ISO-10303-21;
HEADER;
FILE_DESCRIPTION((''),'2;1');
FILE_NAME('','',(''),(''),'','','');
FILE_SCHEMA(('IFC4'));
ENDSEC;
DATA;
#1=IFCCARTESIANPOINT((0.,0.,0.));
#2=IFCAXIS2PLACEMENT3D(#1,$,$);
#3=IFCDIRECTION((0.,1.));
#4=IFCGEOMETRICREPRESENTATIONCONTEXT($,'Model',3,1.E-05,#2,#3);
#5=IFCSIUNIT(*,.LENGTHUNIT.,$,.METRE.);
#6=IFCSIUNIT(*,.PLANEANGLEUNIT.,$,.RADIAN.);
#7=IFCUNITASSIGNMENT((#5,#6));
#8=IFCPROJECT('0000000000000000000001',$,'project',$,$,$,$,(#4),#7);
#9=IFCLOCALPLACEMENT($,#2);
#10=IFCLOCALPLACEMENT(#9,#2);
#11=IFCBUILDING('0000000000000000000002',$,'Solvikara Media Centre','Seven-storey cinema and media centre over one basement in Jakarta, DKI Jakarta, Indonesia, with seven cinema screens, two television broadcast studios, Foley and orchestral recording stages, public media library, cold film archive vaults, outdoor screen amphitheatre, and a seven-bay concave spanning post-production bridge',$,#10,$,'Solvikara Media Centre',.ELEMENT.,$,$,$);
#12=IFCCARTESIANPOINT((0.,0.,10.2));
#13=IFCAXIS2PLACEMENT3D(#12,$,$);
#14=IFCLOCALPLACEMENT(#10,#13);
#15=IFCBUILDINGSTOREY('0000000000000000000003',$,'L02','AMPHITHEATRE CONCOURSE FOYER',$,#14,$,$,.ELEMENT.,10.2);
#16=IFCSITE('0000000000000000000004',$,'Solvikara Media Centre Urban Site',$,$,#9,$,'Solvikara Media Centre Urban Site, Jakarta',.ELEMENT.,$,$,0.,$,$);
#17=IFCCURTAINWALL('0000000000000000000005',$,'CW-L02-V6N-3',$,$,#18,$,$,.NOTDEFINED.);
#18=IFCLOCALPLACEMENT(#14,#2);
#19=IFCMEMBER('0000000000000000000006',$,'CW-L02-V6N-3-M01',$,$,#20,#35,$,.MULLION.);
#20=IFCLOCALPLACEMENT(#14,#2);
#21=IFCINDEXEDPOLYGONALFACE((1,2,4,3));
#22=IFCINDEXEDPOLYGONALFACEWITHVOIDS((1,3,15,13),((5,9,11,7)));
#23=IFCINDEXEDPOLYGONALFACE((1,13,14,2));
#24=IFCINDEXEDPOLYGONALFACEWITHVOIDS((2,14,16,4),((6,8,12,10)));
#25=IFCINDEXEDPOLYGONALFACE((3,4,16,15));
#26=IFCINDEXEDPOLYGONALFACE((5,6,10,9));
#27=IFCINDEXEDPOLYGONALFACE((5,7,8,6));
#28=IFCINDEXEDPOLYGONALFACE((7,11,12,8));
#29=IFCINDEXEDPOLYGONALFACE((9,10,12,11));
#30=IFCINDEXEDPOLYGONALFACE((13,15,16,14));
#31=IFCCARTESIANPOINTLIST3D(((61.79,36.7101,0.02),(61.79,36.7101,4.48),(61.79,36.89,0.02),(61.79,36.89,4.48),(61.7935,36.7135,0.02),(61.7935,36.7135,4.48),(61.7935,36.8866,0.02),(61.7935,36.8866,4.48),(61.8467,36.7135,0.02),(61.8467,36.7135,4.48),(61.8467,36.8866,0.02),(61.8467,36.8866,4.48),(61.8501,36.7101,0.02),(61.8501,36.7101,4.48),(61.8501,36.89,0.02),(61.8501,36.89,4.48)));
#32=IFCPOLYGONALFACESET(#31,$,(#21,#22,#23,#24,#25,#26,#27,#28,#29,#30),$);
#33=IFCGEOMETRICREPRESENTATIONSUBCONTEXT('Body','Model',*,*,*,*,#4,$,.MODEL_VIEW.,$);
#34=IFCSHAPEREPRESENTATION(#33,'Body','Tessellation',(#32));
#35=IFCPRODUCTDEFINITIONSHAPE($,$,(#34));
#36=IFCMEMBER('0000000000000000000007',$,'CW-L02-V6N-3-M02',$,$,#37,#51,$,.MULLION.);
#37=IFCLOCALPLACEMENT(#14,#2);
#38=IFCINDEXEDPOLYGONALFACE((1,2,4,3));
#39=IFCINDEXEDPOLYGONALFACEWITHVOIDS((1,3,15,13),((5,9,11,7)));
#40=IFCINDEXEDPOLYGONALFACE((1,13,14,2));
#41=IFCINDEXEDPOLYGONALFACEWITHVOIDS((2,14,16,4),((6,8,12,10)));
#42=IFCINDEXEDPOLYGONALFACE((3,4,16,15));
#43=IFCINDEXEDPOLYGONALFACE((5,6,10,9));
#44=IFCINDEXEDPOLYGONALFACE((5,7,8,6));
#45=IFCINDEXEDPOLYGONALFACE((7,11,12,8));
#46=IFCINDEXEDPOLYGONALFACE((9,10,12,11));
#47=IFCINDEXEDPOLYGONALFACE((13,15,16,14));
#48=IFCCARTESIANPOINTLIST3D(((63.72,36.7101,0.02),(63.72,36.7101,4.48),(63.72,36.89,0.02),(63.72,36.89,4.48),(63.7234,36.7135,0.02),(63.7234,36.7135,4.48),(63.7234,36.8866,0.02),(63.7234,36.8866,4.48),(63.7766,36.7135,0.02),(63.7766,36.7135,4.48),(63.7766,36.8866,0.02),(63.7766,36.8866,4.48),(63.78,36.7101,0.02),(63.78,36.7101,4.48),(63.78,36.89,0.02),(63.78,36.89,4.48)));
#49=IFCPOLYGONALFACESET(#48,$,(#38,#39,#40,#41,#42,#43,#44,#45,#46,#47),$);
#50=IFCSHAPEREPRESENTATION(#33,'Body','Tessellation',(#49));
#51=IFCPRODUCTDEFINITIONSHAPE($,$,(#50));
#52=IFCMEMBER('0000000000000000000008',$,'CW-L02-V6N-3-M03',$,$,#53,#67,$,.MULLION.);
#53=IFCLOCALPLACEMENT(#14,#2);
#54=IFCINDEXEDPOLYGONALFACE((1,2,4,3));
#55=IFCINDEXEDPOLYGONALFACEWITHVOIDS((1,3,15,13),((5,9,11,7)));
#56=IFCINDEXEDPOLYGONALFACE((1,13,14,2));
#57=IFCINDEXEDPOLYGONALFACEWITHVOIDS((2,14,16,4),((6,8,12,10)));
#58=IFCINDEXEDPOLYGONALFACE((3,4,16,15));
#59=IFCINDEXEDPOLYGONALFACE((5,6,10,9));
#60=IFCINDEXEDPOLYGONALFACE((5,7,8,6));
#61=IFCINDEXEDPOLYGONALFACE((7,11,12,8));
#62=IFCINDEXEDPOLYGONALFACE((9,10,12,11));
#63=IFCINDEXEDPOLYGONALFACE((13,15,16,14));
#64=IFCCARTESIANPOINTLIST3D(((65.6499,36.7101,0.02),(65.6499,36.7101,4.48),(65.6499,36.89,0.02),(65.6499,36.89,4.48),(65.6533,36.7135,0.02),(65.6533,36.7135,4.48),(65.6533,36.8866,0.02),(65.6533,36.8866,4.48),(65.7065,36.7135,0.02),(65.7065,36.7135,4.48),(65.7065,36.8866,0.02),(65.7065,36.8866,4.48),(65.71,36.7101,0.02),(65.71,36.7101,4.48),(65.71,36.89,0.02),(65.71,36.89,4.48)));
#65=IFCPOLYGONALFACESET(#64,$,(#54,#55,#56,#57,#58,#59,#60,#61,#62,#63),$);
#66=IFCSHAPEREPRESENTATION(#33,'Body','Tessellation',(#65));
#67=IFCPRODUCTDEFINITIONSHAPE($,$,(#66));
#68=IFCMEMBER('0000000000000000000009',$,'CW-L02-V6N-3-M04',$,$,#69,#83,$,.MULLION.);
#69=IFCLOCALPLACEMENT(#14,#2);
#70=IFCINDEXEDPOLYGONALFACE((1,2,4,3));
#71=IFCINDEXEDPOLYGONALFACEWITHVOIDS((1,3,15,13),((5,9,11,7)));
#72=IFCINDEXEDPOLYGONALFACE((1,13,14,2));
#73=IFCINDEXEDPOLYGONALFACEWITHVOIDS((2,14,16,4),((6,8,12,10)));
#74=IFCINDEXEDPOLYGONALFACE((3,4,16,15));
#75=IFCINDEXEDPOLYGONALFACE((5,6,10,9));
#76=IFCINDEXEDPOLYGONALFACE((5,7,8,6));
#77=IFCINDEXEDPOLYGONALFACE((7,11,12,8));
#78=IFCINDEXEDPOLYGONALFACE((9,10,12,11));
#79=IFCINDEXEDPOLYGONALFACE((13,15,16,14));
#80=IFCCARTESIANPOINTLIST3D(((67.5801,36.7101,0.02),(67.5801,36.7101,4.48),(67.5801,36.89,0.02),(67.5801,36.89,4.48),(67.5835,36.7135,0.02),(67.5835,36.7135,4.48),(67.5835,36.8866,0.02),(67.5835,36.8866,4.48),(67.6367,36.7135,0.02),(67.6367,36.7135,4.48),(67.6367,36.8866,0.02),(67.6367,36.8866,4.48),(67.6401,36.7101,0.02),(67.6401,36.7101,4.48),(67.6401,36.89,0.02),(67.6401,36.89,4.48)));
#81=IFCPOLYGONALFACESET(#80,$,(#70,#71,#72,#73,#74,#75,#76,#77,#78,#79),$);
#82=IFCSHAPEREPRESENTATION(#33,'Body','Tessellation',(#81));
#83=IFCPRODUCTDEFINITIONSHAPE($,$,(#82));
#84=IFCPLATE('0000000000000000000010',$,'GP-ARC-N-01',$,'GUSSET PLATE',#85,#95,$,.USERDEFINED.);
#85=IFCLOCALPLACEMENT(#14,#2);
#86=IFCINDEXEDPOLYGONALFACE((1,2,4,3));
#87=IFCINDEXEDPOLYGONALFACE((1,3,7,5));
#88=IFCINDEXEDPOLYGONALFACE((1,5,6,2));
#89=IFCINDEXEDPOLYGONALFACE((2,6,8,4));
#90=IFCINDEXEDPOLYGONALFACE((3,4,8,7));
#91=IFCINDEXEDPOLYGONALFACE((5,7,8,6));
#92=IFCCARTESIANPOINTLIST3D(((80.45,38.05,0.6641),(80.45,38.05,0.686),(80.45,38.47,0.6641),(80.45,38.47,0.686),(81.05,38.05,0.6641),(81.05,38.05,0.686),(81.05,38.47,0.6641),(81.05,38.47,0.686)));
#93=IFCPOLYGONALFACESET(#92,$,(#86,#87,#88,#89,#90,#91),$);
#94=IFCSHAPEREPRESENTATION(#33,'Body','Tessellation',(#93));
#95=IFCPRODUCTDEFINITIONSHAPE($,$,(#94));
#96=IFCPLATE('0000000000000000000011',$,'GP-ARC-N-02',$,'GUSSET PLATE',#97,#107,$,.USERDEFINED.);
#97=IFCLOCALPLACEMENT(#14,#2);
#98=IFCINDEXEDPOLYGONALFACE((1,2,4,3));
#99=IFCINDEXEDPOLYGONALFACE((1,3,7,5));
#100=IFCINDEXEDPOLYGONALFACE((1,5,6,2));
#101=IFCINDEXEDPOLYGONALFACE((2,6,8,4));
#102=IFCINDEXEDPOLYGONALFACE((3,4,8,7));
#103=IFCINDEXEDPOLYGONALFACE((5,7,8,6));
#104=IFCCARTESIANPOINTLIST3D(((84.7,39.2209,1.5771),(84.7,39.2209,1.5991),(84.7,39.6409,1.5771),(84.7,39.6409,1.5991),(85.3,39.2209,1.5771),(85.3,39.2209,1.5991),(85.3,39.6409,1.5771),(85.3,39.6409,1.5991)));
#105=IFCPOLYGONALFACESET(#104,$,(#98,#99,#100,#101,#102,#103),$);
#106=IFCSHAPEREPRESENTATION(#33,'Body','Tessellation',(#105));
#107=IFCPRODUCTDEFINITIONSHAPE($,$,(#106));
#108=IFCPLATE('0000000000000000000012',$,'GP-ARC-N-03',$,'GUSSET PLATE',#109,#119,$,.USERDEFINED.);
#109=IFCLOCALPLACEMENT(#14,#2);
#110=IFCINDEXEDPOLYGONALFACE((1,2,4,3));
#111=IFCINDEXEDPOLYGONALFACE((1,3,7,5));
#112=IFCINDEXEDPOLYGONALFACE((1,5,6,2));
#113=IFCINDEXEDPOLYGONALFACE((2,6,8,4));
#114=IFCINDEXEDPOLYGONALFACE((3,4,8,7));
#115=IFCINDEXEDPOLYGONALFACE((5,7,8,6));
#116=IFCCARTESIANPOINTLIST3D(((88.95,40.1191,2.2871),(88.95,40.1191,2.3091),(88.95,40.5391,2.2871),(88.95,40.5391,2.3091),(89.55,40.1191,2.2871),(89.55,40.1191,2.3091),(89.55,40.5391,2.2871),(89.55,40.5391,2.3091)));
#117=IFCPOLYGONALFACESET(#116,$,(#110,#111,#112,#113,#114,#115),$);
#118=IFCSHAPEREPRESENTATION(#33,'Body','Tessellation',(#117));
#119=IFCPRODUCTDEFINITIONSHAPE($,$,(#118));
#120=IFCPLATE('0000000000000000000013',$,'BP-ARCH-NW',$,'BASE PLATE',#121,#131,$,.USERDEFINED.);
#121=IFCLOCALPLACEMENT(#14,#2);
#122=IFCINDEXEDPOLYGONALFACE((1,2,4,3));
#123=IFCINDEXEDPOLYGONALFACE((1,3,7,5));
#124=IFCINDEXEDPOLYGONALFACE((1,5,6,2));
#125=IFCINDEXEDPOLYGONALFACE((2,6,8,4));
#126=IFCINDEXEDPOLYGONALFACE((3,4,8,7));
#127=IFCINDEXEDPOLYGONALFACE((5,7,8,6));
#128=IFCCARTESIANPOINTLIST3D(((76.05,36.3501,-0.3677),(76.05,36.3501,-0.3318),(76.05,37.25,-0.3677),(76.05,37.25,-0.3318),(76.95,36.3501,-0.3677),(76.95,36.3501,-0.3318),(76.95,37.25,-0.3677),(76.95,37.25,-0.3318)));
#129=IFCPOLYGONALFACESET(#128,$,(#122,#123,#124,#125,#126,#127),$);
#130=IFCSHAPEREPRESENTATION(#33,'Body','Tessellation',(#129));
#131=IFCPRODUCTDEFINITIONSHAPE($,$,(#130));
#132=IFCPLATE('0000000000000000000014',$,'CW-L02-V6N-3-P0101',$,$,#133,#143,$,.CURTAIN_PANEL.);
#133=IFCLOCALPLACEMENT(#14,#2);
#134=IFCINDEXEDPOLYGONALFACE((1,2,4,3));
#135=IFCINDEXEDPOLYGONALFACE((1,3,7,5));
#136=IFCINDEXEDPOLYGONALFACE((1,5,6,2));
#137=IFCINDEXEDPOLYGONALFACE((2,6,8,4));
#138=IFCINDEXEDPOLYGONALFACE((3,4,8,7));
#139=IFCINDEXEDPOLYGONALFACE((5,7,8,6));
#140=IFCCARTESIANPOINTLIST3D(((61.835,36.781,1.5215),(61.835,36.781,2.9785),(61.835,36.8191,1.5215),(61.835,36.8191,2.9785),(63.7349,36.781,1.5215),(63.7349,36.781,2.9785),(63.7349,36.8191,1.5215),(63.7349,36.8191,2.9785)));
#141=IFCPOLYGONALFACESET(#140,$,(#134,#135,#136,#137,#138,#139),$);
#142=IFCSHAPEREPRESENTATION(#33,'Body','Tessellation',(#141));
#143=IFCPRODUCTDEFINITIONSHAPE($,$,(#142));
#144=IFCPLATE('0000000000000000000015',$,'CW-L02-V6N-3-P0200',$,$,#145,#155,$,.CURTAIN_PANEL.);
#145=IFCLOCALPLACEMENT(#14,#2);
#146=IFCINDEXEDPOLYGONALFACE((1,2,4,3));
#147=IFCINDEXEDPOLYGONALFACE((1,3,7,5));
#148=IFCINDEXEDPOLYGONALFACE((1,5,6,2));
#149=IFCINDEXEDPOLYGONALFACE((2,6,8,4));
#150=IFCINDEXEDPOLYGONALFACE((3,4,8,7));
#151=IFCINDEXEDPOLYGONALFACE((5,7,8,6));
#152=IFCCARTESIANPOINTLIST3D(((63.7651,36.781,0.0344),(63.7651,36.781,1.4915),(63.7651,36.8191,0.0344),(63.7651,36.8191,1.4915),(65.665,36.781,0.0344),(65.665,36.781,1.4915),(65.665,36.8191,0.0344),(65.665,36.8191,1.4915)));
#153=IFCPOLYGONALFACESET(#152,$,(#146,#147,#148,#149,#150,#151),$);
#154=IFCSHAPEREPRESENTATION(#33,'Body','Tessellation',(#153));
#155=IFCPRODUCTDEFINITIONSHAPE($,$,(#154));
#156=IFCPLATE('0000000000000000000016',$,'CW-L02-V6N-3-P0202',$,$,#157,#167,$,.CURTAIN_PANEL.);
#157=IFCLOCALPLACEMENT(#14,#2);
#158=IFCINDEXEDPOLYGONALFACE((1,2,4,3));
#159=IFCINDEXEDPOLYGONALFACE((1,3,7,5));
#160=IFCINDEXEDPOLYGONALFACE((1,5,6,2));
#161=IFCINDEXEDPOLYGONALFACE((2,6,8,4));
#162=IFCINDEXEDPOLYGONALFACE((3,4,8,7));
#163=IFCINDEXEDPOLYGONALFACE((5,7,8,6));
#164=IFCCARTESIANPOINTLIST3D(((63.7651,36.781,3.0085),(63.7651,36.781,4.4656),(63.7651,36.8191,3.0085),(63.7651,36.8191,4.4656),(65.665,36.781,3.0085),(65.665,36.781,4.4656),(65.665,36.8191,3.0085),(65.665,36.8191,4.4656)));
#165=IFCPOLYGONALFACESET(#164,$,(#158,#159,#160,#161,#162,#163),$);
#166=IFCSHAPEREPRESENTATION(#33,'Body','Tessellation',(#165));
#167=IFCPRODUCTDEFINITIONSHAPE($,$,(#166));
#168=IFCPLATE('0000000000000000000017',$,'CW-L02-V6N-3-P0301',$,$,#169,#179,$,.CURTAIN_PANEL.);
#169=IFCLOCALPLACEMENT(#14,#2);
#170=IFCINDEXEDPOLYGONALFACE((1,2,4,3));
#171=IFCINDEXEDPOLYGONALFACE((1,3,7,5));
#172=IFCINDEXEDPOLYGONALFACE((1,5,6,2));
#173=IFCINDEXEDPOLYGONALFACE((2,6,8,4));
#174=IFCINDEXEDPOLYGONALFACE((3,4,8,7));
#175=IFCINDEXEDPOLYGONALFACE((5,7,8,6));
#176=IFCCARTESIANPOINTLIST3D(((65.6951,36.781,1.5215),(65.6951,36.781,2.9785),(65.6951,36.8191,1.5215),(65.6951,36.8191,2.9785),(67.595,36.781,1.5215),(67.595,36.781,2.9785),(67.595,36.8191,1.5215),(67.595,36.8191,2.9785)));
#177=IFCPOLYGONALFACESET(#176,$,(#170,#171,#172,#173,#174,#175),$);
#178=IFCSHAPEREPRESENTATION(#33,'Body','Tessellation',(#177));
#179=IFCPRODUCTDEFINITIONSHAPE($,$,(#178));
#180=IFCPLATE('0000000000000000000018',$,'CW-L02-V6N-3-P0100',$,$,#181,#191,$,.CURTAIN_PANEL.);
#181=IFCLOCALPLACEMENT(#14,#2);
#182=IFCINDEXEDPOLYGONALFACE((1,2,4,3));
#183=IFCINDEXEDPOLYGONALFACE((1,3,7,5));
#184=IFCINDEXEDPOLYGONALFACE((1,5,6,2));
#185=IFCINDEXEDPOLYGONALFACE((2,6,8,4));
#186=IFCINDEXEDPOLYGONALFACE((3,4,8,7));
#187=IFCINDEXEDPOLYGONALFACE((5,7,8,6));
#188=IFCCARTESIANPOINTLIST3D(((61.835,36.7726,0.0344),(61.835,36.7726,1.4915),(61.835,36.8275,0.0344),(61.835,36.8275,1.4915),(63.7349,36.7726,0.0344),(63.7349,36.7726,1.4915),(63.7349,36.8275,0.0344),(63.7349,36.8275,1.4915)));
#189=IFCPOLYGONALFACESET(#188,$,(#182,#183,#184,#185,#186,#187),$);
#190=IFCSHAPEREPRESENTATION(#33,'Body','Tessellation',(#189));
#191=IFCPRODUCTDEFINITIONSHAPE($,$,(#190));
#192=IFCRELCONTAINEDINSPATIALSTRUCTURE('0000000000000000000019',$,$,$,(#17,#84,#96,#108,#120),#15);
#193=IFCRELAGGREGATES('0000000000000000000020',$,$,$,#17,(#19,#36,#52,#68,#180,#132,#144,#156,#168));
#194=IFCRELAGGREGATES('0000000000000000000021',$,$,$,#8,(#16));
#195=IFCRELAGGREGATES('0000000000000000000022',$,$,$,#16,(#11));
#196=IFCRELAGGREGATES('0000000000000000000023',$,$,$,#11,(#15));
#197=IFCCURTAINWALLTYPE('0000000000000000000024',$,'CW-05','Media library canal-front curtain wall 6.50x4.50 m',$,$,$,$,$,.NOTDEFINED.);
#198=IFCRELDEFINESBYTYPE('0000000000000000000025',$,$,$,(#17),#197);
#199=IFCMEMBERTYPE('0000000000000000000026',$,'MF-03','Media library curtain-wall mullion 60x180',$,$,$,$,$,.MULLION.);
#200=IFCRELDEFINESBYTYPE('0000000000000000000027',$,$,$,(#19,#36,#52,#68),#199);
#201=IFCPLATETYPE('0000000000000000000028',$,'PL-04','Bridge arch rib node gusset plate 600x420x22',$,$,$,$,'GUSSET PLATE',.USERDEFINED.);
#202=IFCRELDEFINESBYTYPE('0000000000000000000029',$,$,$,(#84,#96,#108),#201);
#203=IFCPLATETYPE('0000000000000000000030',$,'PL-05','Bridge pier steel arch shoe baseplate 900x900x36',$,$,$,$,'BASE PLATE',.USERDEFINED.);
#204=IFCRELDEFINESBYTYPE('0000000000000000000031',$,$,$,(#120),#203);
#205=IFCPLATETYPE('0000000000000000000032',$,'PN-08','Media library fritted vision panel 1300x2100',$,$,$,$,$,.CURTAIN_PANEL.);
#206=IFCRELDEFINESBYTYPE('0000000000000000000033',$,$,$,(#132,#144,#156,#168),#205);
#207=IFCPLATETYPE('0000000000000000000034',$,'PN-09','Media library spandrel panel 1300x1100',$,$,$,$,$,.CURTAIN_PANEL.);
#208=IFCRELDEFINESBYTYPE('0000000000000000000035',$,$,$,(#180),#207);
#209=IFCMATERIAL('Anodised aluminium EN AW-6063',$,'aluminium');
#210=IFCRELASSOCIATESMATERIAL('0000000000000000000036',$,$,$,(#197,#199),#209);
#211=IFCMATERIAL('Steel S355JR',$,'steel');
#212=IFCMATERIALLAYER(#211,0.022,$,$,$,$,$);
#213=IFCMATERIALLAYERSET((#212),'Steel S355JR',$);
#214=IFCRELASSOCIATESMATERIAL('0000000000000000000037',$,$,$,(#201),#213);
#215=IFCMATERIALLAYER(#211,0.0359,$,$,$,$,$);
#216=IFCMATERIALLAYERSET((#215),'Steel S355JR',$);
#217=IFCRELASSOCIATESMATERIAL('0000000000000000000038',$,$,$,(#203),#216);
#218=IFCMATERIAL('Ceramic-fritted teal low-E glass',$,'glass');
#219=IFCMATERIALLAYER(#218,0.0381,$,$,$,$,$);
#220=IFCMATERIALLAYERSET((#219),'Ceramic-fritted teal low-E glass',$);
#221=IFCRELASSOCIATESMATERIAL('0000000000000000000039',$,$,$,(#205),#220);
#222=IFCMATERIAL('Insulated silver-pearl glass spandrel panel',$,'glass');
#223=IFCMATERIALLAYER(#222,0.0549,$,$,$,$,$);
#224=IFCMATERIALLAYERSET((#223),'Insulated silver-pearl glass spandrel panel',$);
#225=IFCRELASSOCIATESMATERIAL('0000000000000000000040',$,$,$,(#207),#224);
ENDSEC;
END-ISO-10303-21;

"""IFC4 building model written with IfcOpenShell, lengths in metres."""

from ifc_helpers import new_model, si_unit, direction, frame, origin, origin_2d, place, context, subcontext, project, spatial, rectangle, hollow_rectangle, extrude, material, layer, layer_set, material_profile, profile_set, type_object, element, aggregate, save


model = new_model("IFC4")

# Units and contexts
model_context = context("Model", 3, precision=1e-05, world=origin(), true_north=direction((0.0, 1.0)))
body_context = subcontext(model_context, "Body", "Model", "MODEL_VIEW")
ifc_project = project(units=[si_unit("LENGTHUNIT", "METRE"), si_unit("PLANEANGLEUNIT", "RADIAN")], contexts=[model_context])

# Site, building, storey
site_placement = place(None, origin())
site = spatial("IfcSite", under=ifc_project, at=site_placement, Name="Solvikara Media Centre Urban Site", LongName="Solvikara Media Centre Urban Site, Jakarta", CompositionType="ELEMENT", RefElevation=0.0)
building_placement = place(site_placement, origin())
building = spatial("IfcBuilding", under=site, at=building_placement, Name="Solvikara Media Centre", Description="Seven-storey cinema and media centre over one basement in Jakarta, DKI Jakarta, Indonesia, with seven cinema screens, two television broadcast studios, Foley and orchestral recording stages, public media library, cold film archive vaults, outdoor screen amphitheatre, and a seven-bay concave spanning post-production bridge", LongName="Solvikara Media Centre", CompositionType="ELEMENT")
storey_placement = place(building_placement, frame((0.0, 0.0, 10.2)))
storey = spatial("IfcBuildingStorey", under=building, at=storey_placement, Name="L02", Description="AMPHITHEATRE CONCOURSE FOYER", CompositionType="ELEMENT", Elevation=10.2)

# Shared definitions
ifc_material_1 = material(Name="Steel S355JR", Category="steel")

# Curtain wall, members
ifc_material_2 = material(Name="Anodised aluminium EN AW-6063", Category="aluminium")
curtain_wall_type = type_object("IfcCurtainWallType", Name="CW-05", Description="Media library canal-front curtain wall 6.50x4.50 m", PredefinedType="NOTDEFINED", material=ifc_material_2)
curtain_wall_placement = place(storey_placement, origin())
curtain_wall = element("IfcCurtainWall", 1, at=curtain_wall_placement, inside=storey, type_object=curtain_wall_type, Name="CW-L02-V6N-3", PredefinedType="NOTDEFINED")
ifc_material_profile_1 = material_profile(ifc_material_2, hollow_rectangle(XDim=0.0601, YDim=0.1799, WallThickness=0.0034, at=origin_2d()), Name="ALU-M 60x180x3.5")
ifc_profile_set_1 = profile_set([ifc_material_profile_1], Name="Anodised aluminium EN AW-6063")
member_type_1 = type_object("IfcMemberType", Name="MF-03", Description="Media library curtain-wall mullion 60x180", PredefinedType="MULLION", material=ifc_profile_set_1)
member_1_placement = place(storey_placement, frame((61.8201, 36.8, 0.02), z_axis=(0.0, 0.0, 1.0), x_axis=(1.0, 0.0, 0.0)))
member_1 = element("IfcMember", 2, at=member_1_placement, type_object=member_type_1, Name="CW-L02-V6N-3-M01", PredefinedType="MULLION", context=body_context, shape_type="SweptSolid", body=[
    extrude(hollow_rectangle(XDim=0.0601, YDim=0.1799, WallThickness=0.0034, at=origin_2d()), origin(), (0.0, 0.0, 1.0), 4.46),
])
member_2_placement = place(storey_placement, frame((63.75, 36.8, 0.02), z_axis=(0.0, 0.0, 1.0), x_axis=(1.0, 0.0, 0.0)))
member_2 = element("IfcMember", 3, at=member_2_placement, type_object=member_type_1, Name="CW-L02-V6N-3-M02", PredefinedType="MULLION", context=body_context, shape_type="SweptSolid", body=[
    extrude(hollow_rectangle(XDim=0.0601, YDim=0.1799, WallThickness=0.0034, at=origin_2d()), origin(), (0.0, 0.0, 1.0), 4.46),
])
member_3_placement = place(storey_placement, frame((65.6799, 36.8, 0.02), z_axis=(0.0, 0.0, 1.0), x_axis=(1.0, 0.0, 0.0)))
member_3 = element("IfcMember", 4, at=member_3_placement, type_object=member_type_1, Name="CW-L02-V6N-3-M03", PredefinedType="MULLION", context=body_context, shape_type="SweptSolid", body=[
    extrude(hollow_rectangle(XDim=0.0601, YDim=0.1799, WallThickness=0.0034, at=origin_2d()), origin(), (0.0, 0.0, 1.0), 4.46),
])
member_4_placement = place(storey_placement, frame((67.6101, 36.8, 0.02), z_axis=(0.0, 0.0, 1.0), x_axis=(1.0, 0.0, 0.0)))
member_4 = element("IfcMember", 5, at=member_4_placement, type_object=member_type_1, Name="CW-L02-V6N-3-M04", PredefinedType="MULLION", context=body_context, shape_type="SweptSolid", body=[
    extrude(hollow_rectangle(XDim=0.0601, YDim=0.1799, WallThickness=0.0034, at=origin_2d()), origin(), (0.0, 0.0, 1.0), 4.46),
])

# Plates
ifc_layer_1 = layer(ifc_material_1, 0.022)
ifc_layer_set_1 = layer_set([ifc_layer_1], Name="Steel S355JR")
plate_type_1 = type_object("IfcPlateType", Name="PL-04", Description="Bridge arch rib node gusset plate 600x420x22", ElementType="GUSSET PLATE", PredefinedType="USERDEFINED", material=ifc_layer_set_1)
for number, where, z_axis, x_axis, name in (
    (6, (80.75, 38.26, 0.6641), (0.0, 0.0, 1.0), (1.0, 0.0, 0.0), "GP-ARC-N-01"),
    (7, (85.0, 39.4309, 1.5771), (0.0, 0.0, 1.0), (1.0, 0.0, 0.0), "GP-ARC-N-02"),
    (8, (89.25, 40.3291, 2.2871), (0.0, 0.0, 1.0), (1.0, 0.0, 0.0), "GP-ARC-N-03"),
):
    element("IfcPlate", number, at=place(storey_placement, frame(where, z_axis=z_axis, x_axis=x_axis)), inside=storey, type_object=plate_type_1, Name=name, ObjectType="GUSSET PLATE", PredefinedType="USERDEFINED", context=body_context, shape_type="SweptSolid", body=[
        extrude(rectangle(XDim=0.6001, YDim=0.4199, at=origin_2d()), origin(), (0.0, 0.0, 1.0), 0.022),
    ])
ifc_layer_2 = layer(ifc_material_1, 0.0359)
ifc_layer_set_2 = layer_set([ifc_layer_2], Name="Steel S355JR")
plate_type_2 = type_object("IfcPlateType", Name="PL-05", Description="Bridge pier steel arch shoe baseplate 900x900x36", ElementType="BASE PLATE", PredefinedType="USERDEFINED", material=ifc_layer_set_2)
plate_1_placement = place(storey_placement, frame((76.5, 36.8, -0.3677), z_axis=(0.0, 0.0, 1.0), x_axis=(1.0, 0.0, 0.0)))
element("IfcPlate", 9, at=plate_1_placement, inside=storey, type_object=plate_type_2, Name="BP-ARCH-NW", ObjectType="BASE PLATE", PredefinedType="USERDEFINED", context=body_context, shape_type="SweptSolid", body=[
    extrude(rectangle(XDim=0.8999, YDim=0.8999, at=origin_2d()), origin(), (0.0, 0.0, 1.0), 0.0359),
])

# Plates
ifc_material_3 = material(Name="Ceramic-fritted teal low-E glass", Category="glass")
ifc_layer_3 = layer(ifc_material_3, 0.0381)
ifc_layer_set_3 = layer_set([ifc_layer_3], Name="Ceramic-fritted teal low-E glass")
plate_type_3 = type_object("IfcPlateType", Name="PN-08", Description="Media library fritted vision panel 1300x2100", PredefinedType="CURTAIN_PANEL", material=ifc_layer_set_3)
plate_2_placement = place(storey_placement, frame((62.7849, 36.8, 1.5215), z_axis=(0.0, 0.0, 1.0), x_axis=(1.0, 0.0, 0.0)))
plate_2 = element("IfcPlate", 10, at=plate_2_placement, type_object=plate_type_3, Name="CW-L02-V6N-3-P0101", PredefinedType="CURTAIN_PANEL", context=body_context, shape_type="SweptSolid", body=[
    extrude(rectangle(XDim=1.8999, YDim=0.0381, at=origin_2d()), origin(), (0.0, 0.0, 1.0), 1.457),
])
plate_3_placement = place(storey_placement, frame((64.7151, 36.8, 0.0344), z_axis=(0.0, 0.0, 1.0), x_axis=(1.0, 0.0, 0.0)))
plate_3 = element("IfcPlate", 11, at=plate_3_placement, type_object=plate_type_3, Name="CW-L02-V6N-3-P0200", PredefinedType="CURTAIN_PANEL", context=body_context, shape_type="SweptSolid", body=[
    extrude(rectangle(XDim=1.8999, YDim=0.0381, at=origin_2d()), origin(), (0.0, 0.0, 1.0), 1.457),
])
plate_4_placement = place(storey_placement, frame((64.7151, 36.8, 3.0085), z_axis=(0.0, 0.0, 1.0), x_axis=(1.0, 0.0, 0.0)))
plate_4 = element("IfcPlate", 12, at=plate_4_placement, type_object=plate_type_3, Name="CW-L02-V6N-3-P0202", PredefinedType="CURTAIN_PANEL", context=body_context, shape_type="SweptSolid", body=[
    extrude(rectangle(XDim=1.8999, YDim=0.0381, at=origin_2d()), origin(), (0.0, 0.0, 1.0), 1.457),
])
plate_5_placement = place(storey_placement, frame((66.645, 36.8, 1.5215), z_axis=(0.0, 0.0, 1.0), x_axis=(1.0, 0.0, 0.0)))
plate_5 = element("IfcPlate", 13, at=plate_5_placement, type_object=plate_type_3, Name="CW-L02-V6N-3-P0301", PredefinedType="CURTAIN_PANEL", context=body_context, shape_type="SweptSolid", body=[
    extrude(rectangle(XDim=1.8999, YDim=0.0381, at=origin_2d()), origin(), (0.0, 0.0, 1.0), 1.457),
])
ifc_material_4 = material(Name="Insulated silver-pearl glass spandrel panel", Category="glass")
ifc_layer_4 = layer(ifc_material_4, 0.0549)
ifc_layer_set_4 = layer_set([ifc_layer_4], Name="Insulated silver-pearl glass spandrel panel")
plate_type_4 = type_object("IfcPlateType", Name="PN-09", Description="Media library spandrel panel 1300x1100", PredefinedType="CURTAIN_PANEL", material=ifc_layer_set_4)
plate_6_placement = place(storey_placement, frame((62.7849, 36.8, 0.0344), z_axis=(0.0, 0.0, 1.0), x_axis=(1.0, 0.0, 0.0)))
plate_6 = element("IfcPlate", 14, at=plate_6_placement, type_object=plate_type_4, Name="CW-L02-V6N-3-P0100", PredefinedType="CURTAIN_PANEL", context=body_context, shape_type="SweptSolid", body=[
    extrude(rectangle(XDim=1.8999, YDim=0.0549, at=origin_2d()), origin(), (0.0, 0.0, 1.0), 1.457),
])
aggregate(curtain_wall, [member_1, member_2, member_3, member_4, plate_6, plate_2, plate_3, plate_4, plate_5])

save(model, "model.ifc")
